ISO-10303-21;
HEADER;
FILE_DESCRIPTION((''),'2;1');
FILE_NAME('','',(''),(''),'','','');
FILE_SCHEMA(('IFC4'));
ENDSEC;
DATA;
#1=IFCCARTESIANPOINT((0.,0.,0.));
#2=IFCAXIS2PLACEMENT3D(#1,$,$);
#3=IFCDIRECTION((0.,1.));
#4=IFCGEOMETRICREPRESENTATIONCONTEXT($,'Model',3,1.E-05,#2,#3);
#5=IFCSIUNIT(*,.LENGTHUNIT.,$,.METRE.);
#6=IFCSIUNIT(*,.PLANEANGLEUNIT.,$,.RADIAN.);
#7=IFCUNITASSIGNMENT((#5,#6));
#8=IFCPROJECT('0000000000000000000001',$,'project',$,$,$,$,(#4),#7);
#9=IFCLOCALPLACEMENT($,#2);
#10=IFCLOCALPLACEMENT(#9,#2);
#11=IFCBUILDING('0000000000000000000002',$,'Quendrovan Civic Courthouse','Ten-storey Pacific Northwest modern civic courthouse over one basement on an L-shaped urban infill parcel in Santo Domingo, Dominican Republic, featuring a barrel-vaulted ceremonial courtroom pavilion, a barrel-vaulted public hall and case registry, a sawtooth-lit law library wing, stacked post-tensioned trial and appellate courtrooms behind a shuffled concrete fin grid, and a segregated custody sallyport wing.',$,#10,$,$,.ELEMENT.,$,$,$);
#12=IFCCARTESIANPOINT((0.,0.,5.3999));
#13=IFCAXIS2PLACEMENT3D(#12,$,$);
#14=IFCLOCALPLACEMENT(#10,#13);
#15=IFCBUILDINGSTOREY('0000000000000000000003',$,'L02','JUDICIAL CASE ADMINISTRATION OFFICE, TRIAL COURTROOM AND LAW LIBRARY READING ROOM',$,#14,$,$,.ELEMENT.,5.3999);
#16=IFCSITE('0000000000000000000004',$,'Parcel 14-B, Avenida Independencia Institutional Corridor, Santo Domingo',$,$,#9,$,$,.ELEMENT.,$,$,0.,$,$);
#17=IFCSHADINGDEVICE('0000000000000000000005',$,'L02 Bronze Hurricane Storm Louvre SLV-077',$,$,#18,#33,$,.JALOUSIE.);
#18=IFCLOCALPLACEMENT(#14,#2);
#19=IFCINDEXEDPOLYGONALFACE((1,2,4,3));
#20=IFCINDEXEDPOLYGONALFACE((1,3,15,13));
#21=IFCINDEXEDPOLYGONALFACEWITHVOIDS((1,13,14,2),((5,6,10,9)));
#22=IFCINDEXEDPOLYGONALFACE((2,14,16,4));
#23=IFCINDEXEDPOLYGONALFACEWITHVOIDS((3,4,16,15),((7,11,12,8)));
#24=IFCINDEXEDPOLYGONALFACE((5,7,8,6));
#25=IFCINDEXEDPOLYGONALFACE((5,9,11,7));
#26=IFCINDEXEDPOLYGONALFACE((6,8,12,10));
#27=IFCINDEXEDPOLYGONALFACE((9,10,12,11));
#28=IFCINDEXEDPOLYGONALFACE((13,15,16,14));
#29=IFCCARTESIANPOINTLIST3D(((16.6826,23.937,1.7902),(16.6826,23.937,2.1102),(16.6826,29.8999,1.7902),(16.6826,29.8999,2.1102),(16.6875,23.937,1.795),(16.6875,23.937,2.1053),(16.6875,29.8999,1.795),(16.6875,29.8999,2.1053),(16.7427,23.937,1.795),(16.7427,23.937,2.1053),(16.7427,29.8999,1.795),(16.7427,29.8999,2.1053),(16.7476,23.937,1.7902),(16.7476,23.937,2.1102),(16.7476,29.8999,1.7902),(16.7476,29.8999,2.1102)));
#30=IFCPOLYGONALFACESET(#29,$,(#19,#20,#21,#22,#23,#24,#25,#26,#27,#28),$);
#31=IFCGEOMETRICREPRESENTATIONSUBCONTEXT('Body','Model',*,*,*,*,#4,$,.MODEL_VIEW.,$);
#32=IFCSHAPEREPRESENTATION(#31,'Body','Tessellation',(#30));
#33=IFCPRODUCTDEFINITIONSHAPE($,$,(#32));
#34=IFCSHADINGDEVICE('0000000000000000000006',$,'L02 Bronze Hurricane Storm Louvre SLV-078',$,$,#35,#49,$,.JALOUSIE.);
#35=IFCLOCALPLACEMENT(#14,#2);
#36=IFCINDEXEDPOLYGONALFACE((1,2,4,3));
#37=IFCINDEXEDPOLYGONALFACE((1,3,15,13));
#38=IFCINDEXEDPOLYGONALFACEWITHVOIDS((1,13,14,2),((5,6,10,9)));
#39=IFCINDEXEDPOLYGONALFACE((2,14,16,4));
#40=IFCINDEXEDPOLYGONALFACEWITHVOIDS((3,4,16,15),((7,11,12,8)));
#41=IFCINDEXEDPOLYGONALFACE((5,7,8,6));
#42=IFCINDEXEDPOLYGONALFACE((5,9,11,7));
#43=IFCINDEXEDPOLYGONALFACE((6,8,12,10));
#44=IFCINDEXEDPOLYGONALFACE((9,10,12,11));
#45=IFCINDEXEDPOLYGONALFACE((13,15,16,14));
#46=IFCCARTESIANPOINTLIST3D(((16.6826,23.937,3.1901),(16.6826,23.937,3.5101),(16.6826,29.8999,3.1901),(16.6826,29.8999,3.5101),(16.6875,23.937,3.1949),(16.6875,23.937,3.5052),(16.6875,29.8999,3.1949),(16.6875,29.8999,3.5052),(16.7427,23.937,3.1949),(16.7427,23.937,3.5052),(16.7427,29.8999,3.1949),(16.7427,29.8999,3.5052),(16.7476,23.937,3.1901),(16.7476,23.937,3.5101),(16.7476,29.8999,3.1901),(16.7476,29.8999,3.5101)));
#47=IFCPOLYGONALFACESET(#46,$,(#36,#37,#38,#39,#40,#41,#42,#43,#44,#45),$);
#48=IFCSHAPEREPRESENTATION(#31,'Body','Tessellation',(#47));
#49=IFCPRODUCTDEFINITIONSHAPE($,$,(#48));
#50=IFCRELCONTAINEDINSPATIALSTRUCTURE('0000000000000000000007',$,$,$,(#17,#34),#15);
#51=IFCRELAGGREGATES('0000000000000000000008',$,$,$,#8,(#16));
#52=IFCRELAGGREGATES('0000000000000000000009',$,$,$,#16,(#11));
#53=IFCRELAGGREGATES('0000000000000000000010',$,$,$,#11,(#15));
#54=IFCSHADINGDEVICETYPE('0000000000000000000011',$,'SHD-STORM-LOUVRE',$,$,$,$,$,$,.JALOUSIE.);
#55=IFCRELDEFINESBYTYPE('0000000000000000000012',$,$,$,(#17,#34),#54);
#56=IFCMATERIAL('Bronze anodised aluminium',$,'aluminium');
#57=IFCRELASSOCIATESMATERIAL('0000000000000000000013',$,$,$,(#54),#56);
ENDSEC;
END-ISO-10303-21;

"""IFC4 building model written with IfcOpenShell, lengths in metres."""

from ifc_helpers import new_model, si_unit, direction, frame, origin, origin_2d, place, context, subcontext, project, spatial, hollow_rectangle, extrude, material, material_profile, profile_set, type_object, element, save


model = new_model("IFC4")

# Units and contexts
model_context = context("Model", 3, precision=1e-05, world=origin(), true_north=direction((0.0, 1.0)))
body_context = subcontext(model_context, "Body", "Model", "MODEL_VIEW")
ifc_project = project(units=[si_unit("LENGTHUNIT", "METRE"), si_unit("PLANEANGLEUNIT", "RADIAN")], contexts=[model_context])

# Site, building, storey
site_placement = place(None, origin())
site = spatial("IfcSite", under=ifc_project, at=site_placement, Name="Parcel 14-B, Avenida Independencia Institutional Corridor, Santo Domingo", CompositionType="ELEMENT", RefElevation=0.0)
building_placement = place(site_placement, origin())
building = spatial("IfcBuilding", under=site, at=building_placement, Name="Quendrovan Civic Courthouse", Description="Ten-storey Pacific Northwest modern civic courthouse over one basement on an L-shaped urban infill parcel in Santo Domingo, Dominican Republic, featuring a barrel-vaulted ceremonial courtroom pavilion, a barrel-vaulted public hall and case registry, a sawtooth-lit law library wing, stacked post-tensioned trial and appellate courtrooms behind a shuffled concrete fin grid, and a segregated custody sallyport wing.", CompositionType="ELEMENT")
storey_placement = place(building_placement, frame((0.0, 0.0, 5.3999)))
storey = spatial("IfcBuildingStorey", under=building, at=storey_placement, Name="L02", Description="JUDICIAL CASE ADMINISTRATION OFFICE, TRIAL COURTROOM AND LAW LIBRARY READING ROOM", CompositionType="ELEMENT", Elevation=5.3999)

# Shared definitions
ifc_material_1 = material(Name="Bronze anodised aluminium", Category="aluminium")

# Shading devices
ifc_material_profile_1 = material_profile(ifc_material_1, hollow_rectangle(XDim=0.0649, YDim=0.3201, WallThickness=0.0049, at=origin_2d()), Name="AL-LOUVRE-65x320")
ifc_profile_set_1 = profile_set([ifc_material_profile_1], Name="Bronze anodised aluminium")
shading_device_type = type_object("IfcShadingDeviceType", Name="SHD-STORM-LOUVRE", PredefinedType="JALOUSIE", material=ifc_profile_set_1)
for number, where, z_axis, x_axis, name in (
    (1, (16.7151, 29.8999, 1.9502), (0.0, -1.0, 0.0), (1.0, 0.0, 0.0), "L02 Bronze Hurricane Storm Louvre SLV-077"),
    (2, (16.7151, 29.8999, 3.3501), (0.0, -1.0, 0.0), (1.0, 0.0, 0.0), "L02 Bronze Hurricane Storm Louvre SLV-078"),
):
    element("IfcShadingDevice", number, at=place(storey_placement, frame(where, z_axis=z_axis, x_axis=x_axis)), inside=storey, type_object=shading_device_type, Name=name, PredefinedType="JALOUSIE", context=body_context, shape_type="SweptSolid", body=[
        extrude(hollow_rectangle(XDim=0.0649, YDim=0.3201, WallThickness=0.0049, at=origin_2d()), origin(), (0.0, 0.0, 1.0), 5.9629),
    ])

save(model, "model.ifc")
